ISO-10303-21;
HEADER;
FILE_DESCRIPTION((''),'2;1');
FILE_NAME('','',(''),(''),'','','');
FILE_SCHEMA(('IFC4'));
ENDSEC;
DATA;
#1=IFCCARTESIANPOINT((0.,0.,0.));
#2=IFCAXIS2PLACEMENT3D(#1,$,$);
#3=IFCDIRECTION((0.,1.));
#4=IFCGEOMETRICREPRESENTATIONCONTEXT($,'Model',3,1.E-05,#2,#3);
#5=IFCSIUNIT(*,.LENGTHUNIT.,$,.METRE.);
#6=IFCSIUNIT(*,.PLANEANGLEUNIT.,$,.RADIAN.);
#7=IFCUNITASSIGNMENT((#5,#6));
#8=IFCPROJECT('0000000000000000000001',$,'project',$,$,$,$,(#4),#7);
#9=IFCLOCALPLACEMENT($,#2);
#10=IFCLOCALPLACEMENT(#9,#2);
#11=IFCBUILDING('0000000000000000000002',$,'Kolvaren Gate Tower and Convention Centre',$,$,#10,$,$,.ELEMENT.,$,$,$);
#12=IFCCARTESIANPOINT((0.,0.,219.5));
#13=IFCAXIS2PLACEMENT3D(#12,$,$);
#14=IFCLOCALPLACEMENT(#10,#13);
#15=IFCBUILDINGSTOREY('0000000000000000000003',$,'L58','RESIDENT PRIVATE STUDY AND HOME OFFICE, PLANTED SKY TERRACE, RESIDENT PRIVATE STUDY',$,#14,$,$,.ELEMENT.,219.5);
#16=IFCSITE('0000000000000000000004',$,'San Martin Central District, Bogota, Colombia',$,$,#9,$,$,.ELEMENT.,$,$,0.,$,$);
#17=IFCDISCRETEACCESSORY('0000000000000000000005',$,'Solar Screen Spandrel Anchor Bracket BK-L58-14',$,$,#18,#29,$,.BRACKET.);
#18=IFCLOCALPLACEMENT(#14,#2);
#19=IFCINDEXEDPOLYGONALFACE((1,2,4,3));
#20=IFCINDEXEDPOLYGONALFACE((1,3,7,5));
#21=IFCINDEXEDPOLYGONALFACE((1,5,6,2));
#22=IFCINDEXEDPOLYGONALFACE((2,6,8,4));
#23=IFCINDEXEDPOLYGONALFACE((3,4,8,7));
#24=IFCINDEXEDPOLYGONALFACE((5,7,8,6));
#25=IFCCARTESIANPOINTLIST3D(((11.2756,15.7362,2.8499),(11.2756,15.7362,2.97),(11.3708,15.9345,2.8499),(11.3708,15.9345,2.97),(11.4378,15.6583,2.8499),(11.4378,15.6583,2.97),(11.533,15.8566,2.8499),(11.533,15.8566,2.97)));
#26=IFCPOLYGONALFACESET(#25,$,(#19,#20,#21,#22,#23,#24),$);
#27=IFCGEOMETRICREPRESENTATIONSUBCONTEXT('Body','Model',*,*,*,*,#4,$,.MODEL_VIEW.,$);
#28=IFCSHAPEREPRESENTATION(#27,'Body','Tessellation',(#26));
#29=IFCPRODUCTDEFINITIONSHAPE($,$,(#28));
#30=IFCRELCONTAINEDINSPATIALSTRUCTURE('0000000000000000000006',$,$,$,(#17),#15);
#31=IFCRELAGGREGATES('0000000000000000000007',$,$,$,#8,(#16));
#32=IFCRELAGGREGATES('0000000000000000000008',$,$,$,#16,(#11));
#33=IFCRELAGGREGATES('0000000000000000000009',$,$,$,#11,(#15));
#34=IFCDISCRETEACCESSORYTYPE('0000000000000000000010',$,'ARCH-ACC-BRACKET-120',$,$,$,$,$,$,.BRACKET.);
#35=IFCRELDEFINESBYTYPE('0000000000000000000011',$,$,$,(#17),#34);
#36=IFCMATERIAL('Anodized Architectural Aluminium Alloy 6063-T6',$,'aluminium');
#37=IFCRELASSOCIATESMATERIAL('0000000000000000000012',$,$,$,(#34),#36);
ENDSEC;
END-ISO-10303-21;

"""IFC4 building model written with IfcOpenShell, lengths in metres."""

from ifc_helpers import new_model, si_unit, direction, frame, origin, origin_2d, place, context, subcontext, project, spatial, rectangle, extrude, material, type_object, element, save


model = new_model("IFC4")

# Units and contexts
model_context = context("Model", 3, precision=1e-05, world=origin(), true_north=direction((0.0, 1.0)))
body_context = subcontext(model_context, "Body", "Model", "MODEL_VIEW")
ifc_project = project(units=[si_unit("LENGTHUNIT", "METRE"), si_unit("PLANEANGLEUNIT", "RADIAN")], contexts=[model_context])

# Site, building, storey
site_placement = place(None, origin())
site = spatial("IfcSite", under=ifc_project, at=site_placement, Name="San Martin Central District, Bogota, Colombia", CompositionType="ELEMENT", RefElevation=0.0)
building_placement = place(site_placement, origin())
building = spatial("IfcBuilding", under=site, at=building_placement, Name="Kolvaren Gate Tower and Convention Centre", CompositionType="ELEMENT")
storey_placement = place(building_placement, frame((0.0, 0.0, 219.5)))
storey = spatial("IfcBuildingStorey", under=building, at=storey_placement, Name="L58", Description="RESIDENT PRIVATE STUDY AND HOME OFFICE, PLANTED SKY TERRACE, RESIDENT PRIVATE STUDY", CompositionType="ELEMENT", Elevation=219.5)

# Shared definitions
ifc_material_1 = material(Name="Anodized Architectural Aluminium Alloy 6063-T6", Category="aluminium")

# Discrete accessory
discrete_accessory_type = type_object("IfcDiscreteAccessoryType", Name="ARCH-ACC-BRACKET-120", PredefinedType="BRACKET", material=ifc_material_1)
discrete_accessory_placement = place(storey_placement, frame((11.4043, 15.7964, 2.8499), z_axis=(0.0, 0.0, 1.0), x_axis=(0.901359, -0.433072, 0.0)))
element("IfcDiscreteAccessory", 1, at=discrete_accessory_placement, inside=storey, type_object=discrete_accessory_type, Name="Solar Screen Spandrel Anchor Bracket BK-L58-14", PredefinedType="BRACKET", context=body_context, shape_type="SweptSolid", body=[
    extrude(rectangle(XDim=0.1799, YDim=0.22, at=origin_2d()), origin(), (0.0, 0.0, 1.0), 0.1201),
])

save(model, "model.ifc")
